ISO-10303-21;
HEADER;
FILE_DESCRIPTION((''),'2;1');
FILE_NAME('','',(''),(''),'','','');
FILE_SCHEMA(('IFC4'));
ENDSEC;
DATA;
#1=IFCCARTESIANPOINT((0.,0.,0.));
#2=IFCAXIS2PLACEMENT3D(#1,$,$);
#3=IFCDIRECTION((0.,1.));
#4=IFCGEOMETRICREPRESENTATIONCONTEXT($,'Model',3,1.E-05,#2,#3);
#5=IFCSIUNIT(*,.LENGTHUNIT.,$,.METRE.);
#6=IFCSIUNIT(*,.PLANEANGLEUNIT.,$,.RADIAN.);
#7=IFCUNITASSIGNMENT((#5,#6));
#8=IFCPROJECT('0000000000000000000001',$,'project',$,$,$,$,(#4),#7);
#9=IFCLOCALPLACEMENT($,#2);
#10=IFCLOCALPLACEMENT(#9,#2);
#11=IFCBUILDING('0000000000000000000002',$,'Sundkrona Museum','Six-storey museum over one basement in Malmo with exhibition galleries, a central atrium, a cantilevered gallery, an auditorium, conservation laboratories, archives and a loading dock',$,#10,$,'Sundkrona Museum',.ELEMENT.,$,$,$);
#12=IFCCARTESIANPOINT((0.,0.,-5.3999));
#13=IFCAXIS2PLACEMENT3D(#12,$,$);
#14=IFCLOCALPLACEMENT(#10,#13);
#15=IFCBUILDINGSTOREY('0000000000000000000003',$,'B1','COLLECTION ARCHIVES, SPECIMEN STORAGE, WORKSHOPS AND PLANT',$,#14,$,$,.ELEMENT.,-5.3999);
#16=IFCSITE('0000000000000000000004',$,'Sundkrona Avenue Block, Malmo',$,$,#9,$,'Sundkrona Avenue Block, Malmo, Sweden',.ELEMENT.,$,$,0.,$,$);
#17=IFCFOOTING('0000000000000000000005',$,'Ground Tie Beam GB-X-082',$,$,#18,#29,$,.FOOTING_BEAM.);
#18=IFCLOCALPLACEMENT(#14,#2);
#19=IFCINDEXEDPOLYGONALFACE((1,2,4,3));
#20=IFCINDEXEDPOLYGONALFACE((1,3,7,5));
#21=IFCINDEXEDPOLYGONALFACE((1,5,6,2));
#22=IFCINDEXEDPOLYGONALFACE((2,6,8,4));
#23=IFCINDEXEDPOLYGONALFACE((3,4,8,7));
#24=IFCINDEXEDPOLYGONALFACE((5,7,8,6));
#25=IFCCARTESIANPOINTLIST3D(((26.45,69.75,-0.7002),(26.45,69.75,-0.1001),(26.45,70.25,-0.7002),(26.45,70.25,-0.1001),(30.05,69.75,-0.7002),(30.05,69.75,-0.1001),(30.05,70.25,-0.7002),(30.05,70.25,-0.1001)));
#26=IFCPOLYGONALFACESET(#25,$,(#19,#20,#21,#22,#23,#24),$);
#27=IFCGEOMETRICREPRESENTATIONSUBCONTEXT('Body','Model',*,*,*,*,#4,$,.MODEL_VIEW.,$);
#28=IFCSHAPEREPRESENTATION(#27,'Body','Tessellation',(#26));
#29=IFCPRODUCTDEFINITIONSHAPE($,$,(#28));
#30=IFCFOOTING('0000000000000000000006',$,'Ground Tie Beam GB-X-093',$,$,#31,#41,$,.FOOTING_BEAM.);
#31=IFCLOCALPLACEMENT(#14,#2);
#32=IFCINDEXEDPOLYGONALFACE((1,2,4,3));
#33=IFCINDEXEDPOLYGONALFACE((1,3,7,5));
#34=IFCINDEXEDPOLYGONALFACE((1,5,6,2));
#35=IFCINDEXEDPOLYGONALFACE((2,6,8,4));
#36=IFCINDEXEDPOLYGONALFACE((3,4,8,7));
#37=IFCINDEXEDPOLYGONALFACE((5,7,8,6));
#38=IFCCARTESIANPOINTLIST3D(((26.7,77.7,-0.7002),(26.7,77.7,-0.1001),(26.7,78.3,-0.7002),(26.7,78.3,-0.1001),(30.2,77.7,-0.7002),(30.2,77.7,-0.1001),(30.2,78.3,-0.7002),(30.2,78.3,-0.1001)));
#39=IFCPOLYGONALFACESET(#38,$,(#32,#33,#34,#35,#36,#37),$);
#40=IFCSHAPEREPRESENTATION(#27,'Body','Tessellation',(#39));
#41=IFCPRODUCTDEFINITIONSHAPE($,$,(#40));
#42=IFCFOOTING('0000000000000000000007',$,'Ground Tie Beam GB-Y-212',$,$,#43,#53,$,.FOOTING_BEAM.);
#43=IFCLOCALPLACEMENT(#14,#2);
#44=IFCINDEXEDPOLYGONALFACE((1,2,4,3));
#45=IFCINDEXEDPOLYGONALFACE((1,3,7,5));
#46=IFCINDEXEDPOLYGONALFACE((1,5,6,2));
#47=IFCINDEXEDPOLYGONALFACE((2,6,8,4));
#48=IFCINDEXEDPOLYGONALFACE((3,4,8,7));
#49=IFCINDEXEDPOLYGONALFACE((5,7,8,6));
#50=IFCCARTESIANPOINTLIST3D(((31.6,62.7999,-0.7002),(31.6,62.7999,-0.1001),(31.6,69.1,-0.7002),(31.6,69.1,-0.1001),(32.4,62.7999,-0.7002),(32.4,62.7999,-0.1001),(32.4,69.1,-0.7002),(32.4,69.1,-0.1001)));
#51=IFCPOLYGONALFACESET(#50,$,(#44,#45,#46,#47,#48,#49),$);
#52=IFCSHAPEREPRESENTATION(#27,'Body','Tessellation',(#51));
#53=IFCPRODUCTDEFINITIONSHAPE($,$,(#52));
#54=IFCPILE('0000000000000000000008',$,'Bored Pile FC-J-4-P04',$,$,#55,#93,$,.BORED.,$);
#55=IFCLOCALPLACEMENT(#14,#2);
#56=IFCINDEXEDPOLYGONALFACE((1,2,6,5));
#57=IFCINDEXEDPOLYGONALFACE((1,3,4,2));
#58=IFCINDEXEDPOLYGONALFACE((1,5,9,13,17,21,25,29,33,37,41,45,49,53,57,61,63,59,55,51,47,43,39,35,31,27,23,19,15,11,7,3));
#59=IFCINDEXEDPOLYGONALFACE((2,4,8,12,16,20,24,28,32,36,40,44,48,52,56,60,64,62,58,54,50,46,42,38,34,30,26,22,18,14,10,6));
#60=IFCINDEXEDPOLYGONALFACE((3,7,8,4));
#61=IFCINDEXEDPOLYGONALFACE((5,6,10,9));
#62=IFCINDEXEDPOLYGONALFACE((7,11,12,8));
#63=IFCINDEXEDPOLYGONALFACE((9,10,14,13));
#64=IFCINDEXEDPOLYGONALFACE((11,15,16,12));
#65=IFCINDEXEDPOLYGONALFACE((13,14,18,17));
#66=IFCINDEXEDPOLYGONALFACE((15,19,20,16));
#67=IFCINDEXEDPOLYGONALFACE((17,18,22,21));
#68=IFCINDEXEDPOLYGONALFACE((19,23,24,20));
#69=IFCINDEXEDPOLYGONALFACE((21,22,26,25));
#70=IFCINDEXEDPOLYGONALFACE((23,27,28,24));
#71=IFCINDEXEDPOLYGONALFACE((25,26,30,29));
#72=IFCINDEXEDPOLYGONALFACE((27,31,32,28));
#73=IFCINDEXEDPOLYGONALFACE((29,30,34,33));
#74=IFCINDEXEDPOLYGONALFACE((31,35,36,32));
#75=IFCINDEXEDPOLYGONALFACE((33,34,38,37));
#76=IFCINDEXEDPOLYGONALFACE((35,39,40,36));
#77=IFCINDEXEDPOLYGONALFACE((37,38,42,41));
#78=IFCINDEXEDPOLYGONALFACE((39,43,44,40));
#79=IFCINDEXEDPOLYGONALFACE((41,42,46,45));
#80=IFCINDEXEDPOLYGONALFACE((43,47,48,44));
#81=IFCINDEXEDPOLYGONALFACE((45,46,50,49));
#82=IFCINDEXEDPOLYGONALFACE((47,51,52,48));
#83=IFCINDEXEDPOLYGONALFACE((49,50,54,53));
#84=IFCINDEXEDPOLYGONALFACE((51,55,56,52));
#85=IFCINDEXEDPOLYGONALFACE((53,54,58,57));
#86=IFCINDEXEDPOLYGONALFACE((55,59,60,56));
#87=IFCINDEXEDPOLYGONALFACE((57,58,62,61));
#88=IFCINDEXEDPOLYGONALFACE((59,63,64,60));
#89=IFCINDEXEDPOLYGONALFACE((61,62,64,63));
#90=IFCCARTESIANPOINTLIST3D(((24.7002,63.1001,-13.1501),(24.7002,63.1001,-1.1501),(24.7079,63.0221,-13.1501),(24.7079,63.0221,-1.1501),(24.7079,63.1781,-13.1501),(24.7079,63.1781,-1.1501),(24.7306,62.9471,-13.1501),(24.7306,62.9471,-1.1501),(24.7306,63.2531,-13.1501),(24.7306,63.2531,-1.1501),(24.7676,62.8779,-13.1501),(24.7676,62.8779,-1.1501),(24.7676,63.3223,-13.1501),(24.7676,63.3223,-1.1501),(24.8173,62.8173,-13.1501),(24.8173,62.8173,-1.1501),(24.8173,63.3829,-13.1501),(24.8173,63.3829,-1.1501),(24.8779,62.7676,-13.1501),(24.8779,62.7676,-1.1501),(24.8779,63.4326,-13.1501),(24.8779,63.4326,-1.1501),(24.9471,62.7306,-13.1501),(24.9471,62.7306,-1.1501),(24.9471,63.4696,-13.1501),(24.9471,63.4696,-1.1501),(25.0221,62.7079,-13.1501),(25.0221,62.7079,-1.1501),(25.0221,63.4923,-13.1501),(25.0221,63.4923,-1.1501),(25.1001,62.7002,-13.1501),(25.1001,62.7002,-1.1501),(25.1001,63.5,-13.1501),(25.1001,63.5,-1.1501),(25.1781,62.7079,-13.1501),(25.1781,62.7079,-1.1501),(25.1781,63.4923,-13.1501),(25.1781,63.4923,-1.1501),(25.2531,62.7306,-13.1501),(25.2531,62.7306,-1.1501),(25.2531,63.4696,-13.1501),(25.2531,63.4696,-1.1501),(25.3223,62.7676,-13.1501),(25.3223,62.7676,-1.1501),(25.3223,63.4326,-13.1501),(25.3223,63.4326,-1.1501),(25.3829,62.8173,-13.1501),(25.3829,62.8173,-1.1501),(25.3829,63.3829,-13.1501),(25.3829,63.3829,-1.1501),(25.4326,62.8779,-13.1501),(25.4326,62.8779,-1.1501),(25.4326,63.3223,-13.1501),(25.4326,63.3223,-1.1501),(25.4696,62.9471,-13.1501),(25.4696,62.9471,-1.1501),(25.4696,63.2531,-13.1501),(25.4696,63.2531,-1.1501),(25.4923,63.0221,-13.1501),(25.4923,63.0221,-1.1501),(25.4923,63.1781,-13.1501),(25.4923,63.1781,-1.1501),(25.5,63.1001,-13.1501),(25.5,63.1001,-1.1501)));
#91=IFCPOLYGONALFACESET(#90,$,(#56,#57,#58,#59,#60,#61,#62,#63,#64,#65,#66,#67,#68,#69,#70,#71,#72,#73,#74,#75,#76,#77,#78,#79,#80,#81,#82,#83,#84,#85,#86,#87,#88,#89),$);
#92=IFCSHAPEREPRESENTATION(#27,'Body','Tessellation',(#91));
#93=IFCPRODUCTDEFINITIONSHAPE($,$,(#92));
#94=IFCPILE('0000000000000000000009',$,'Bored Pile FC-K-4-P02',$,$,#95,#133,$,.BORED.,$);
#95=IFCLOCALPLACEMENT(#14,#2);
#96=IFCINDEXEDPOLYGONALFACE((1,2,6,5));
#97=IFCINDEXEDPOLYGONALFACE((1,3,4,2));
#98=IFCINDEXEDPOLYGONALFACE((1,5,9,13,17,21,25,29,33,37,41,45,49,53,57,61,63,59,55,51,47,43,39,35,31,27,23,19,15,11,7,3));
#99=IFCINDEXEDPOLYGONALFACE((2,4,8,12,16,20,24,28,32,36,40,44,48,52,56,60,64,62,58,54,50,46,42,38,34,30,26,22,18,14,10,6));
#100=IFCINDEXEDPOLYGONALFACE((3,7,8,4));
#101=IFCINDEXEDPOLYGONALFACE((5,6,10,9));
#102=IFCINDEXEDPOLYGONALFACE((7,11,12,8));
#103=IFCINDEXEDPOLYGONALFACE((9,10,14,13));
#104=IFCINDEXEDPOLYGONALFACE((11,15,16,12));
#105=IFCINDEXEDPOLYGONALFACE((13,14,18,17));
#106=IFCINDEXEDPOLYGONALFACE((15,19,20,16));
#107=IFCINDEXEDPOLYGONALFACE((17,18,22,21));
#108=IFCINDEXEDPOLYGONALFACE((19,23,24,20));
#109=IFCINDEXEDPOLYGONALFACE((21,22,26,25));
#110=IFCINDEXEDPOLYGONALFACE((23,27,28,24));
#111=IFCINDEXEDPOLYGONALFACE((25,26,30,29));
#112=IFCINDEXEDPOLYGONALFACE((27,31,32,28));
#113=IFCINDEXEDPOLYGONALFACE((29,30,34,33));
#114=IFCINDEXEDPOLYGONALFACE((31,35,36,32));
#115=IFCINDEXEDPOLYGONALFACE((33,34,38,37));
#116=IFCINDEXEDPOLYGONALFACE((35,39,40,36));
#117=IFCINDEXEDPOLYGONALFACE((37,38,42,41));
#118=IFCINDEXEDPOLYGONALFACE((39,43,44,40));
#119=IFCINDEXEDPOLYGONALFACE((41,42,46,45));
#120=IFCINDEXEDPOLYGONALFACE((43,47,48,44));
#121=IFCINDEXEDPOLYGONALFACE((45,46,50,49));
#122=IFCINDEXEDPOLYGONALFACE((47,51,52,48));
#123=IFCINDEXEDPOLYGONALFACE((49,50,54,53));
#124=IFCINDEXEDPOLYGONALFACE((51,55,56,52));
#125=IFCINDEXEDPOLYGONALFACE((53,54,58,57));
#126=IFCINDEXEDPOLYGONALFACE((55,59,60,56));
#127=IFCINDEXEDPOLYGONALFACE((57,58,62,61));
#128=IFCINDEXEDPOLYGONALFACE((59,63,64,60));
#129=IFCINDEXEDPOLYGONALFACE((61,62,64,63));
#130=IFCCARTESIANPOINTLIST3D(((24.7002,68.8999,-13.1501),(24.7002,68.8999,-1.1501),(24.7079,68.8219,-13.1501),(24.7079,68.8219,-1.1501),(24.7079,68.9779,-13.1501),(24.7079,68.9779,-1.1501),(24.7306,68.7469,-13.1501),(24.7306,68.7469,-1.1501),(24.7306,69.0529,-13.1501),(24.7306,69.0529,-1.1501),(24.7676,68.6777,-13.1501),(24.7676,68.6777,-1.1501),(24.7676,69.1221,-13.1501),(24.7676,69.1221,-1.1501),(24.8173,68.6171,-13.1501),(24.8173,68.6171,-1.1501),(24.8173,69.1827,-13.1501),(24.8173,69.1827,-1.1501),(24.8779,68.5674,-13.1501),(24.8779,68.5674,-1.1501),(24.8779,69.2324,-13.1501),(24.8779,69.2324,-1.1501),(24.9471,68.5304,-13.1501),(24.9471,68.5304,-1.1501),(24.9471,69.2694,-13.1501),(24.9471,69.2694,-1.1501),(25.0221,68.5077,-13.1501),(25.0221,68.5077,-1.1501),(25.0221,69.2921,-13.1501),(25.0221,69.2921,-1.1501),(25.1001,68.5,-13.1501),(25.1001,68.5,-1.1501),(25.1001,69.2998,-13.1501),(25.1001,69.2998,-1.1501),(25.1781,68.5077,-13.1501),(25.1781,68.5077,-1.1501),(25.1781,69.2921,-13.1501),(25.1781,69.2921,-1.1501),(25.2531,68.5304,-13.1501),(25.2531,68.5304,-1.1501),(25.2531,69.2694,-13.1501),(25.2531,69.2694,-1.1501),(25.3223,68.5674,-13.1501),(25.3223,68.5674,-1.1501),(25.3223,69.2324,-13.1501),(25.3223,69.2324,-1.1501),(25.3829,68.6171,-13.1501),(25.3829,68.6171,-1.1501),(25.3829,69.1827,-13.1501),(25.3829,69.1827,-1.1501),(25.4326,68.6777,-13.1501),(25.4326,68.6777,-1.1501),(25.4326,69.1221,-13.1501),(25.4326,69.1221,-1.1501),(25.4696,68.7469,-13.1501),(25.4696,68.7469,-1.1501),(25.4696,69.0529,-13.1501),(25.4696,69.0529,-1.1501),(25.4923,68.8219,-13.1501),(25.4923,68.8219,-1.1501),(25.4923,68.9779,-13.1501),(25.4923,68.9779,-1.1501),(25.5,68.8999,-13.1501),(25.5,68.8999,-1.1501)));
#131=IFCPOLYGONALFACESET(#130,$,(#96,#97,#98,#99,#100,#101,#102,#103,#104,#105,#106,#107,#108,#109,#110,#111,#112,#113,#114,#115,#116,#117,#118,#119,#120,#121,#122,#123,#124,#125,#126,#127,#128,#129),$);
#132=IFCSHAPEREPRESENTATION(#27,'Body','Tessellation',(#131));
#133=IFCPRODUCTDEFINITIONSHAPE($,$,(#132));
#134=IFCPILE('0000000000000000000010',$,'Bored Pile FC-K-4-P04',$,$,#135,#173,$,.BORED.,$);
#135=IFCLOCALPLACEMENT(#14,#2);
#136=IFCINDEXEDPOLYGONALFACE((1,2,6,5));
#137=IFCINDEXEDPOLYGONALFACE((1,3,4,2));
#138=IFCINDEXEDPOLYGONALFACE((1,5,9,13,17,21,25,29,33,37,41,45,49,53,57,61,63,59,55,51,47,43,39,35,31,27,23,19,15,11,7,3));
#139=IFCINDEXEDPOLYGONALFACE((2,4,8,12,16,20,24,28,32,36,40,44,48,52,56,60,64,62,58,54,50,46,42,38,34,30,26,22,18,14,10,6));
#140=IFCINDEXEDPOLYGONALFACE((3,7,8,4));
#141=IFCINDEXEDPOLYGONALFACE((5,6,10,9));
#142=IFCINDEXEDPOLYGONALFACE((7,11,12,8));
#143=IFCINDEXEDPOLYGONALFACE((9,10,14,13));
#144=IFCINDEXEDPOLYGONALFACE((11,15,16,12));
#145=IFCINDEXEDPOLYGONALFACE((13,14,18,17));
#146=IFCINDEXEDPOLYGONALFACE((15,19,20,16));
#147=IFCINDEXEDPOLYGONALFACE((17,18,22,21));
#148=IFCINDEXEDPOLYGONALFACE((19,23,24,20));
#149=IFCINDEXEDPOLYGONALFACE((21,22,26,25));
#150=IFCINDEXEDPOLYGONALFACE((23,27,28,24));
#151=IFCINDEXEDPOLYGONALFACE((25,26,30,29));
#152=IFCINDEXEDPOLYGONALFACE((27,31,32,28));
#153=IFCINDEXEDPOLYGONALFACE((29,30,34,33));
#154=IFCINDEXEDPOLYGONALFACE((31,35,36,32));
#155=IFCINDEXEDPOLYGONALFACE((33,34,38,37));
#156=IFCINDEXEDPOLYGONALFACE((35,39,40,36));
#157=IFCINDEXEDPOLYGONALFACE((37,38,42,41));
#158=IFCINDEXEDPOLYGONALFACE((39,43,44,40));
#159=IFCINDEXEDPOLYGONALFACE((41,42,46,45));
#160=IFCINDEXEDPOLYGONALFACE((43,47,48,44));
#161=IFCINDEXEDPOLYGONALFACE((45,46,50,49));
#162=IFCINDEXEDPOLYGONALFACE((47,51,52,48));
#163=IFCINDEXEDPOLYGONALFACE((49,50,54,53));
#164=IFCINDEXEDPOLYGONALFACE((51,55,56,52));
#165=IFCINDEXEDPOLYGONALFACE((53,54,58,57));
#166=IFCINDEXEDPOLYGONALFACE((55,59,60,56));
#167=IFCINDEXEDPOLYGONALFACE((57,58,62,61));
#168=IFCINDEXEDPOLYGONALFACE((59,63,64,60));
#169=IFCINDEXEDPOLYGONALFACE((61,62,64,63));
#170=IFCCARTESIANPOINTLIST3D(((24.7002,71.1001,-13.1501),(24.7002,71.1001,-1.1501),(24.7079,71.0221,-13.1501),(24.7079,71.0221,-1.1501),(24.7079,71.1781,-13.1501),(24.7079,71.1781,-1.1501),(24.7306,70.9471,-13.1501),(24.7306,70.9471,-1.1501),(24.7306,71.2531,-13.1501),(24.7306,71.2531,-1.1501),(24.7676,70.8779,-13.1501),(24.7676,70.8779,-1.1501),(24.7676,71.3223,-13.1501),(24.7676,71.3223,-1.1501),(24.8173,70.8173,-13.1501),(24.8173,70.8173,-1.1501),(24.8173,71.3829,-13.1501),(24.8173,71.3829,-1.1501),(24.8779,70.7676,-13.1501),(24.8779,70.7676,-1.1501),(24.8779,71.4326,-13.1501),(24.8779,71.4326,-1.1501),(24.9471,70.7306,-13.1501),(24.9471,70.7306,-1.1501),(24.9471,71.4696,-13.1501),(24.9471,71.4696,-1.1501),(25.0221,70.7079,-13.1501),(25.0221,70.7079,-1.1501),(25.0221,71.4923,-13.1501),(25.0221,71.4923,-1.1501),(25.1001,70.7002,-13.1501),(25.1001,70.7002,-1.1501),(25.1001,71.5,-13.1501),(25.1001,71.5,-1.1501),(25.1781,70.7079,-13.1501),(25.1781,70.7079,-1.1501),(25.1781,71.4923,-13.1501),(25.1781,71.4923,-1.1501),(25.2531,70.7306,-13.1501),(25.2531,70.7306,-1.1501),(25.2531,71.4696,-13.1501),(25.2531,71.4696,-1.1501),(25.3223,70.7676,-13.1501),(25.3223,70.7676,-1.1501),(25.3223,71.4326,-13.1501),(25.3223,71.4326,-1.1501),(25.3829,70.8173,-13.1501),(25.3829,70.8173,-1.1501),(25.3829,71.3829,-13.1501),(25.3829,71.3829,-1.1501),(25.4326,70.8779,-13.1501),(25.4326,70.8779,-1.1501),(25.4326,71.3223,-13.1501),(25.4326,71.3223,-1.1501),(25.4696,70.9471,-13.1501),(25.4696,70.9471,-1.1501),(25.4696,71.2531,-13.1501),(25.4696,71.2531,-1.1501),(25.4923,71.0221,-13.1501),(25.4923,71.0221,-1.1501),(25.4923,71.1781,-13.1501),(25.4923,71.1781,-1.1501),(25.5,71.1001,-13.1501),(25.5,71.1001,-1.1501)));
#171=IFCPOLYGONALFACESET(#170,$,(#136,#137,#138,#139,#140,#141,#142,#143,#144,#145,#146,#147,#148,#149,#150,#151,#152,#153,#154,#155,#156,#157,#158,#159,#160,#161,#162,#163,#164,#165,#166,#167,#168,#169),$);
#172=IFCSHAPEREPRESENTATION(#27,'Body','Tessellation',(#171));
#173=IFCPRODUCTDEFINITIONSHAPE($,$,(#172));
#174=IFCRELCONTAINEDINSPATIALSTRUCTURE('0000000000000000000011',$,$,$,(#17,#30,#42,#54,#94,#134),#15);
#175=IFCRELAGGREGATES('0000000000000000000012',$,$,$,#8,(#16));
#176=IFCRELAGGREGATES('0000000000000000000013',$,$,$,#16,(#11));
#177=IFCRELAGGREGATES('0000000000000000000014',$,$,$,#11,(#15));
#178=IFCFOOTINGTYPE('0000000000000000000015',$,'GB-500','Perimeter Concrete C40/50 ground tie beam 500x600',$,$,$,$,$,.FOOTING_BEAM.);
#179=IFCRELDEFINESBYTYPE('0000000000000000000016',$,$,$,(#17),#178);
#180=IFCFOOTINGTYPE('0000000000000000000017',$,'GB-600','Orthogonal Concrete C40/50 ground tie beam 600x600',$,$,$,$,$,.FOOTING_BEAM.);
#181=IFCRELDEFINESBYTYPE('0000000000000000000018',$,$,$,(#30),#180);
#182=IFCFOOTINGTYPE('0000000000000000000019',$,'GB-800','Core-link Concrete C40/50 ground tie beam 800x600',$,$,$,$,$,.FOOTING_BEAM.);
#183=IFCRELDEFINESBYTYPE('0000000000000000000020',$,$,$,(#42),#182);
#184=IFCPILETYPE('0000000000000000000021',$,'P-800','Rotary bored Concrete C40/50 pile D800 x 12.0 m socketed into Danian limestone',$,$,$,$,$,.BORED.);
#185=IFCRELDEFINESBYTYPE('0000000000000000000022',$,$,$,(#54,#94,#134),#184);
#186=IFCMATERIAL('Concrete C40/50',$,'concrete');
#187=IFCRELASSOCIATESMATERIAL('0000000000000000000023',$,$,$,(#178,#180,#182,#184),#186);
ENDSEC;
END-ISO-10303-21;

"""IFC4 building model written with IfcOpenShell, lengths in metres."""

from ifc_helpers import new_model, si_unit, direction, frame, origin, origin_2d, place, context, subcontext, project, spatial, rectangle, circle, extrude, material, material_profile, profile_set, type_object, element, save


model = new_model("IFC4")

# Units and contexts
model_context = context("Model", 3, precision=1e-05, world=origin(), true_north=direction((0.0, 1.0)))
body_context = subcontext(model_context, "Body", "Model", "MODEL_VIEW")
ifc_project = project(units=[si_unit("LENGTHUNIT", "METRE"), si_unit("PLANEANGLEUNIT", "RADIAN")], contexts=[model_context])

# Site, building, storey
site_placement = place(None, origin())
site = spatial("IfcSite", under=ifc_project, at=site_placement, Name="Sundkrona Avenue Block, Malmo", LongName="Sundkrona Avenue Block, Malmo, Sweden", CompositionType="ELEMENT", RefElevation=0.0)
building_placement = place(site_placement, origin())
building = spatial("IfcBuilding", under=site, at=building_placement, Name="Sundkrona Museum", Description="Six-storey museum over one basement in Malmo with exhibition galleries, a central atrium, a cantilevered gallery, an auditorium, conservation laboratories, archives and a loading dock", LongName="Sundkrona Museum", CompositionType="ELEMENT")
storey_placement = place(building_placement, frame((0.0, 0.0, -5.3999)))
storey = spatial("IfcBuildingStorey", under=building, at=storey_placement, Name="B1", Description="COLLECTION ARCHIVES, SPECIMEN STORAGE, WORKSHOPS AND PLANT", CompositionType="ELEMENT", Elevation=-5.3999)

# Footings
ifc_material_1 = material(Name="Concrete C40/50", Category="concrete")
footing_type_1 = type_object("IfcFootingType", Name="GB-500", Description="Perimeter Concrete C40/50 ground tie beam 500x600", PredefinedType="FOOTING_BEAM", material=ifc_material_1)
footing_1_placement = place(storey_placement, frame((28.25, 70.0, -0.7002), z_axis=(0.0, 0.0, 1.0), x_axis=(1.0, 0.0, 0.0)))
element("IfcFooting", 1, at=footing_1_placement, inside=storey, type_object=footing_type_1, Name="Ground Tie Beam GB-X-082", PredefinedType="FOOTING_BEAM", context=body_context, shape_type="SweptSolid", body=[
    extrude(rectangle(XDim=3.6001, YDim=0.5, at=origin_2d()), origin(), (0.0, 0.0, 1.0), 0.6001),
])
footing_type_2 = type_object("IfcFootingType", Name="GB-600", Description="Orthogonal Concrete C40/50 ground tie beam 600x600", PredefinedType="FOOTING_BEAM", material=ifc_material_1)
footing_2_placement = place(storey_placement, frame((28.45, 78.0, -0.7002), z_axis=(0.0, 0.0, 1.0), x_axis=(1.0, 0.0, 0.0)))
element("IfcFooting", 2, at=footing_2_placement, inside=storey, type_object=footing_type_2, Name="Ground Tie Beam GB-X-093", PredefinedType="FOOTING_BEAM", context=body_context, shape_type="SweptSolid", body=[
    extrude(rectangle(XDim=3.5, YDim=0.6001, at=origin_2d()), origin(), (0.0, 0.0, 1.0), 0.6001),
])
footing_type_3 = type_object("IfcFootingType", Name="GB-800", Description="Core-link Concrete C40/50 ground tie beam 800x600", PredefinedType="FOOTING_BEAM", material=ifc_material_1)
footing_3_placement = place(storey_placement, frame((32.0, 65.95, -0.7002), z_axis=(0.0, 0.0, 1.0), x_axis=(0.0, 1.0, 0.0)))
element("IfcFooting", 3, at=footing_3_placement, inside=storey, type_object=footing_type_3, Name="Ground Tie Beam GB-Y-212", PredefinedType="FOOTING_BEAM", context=body_context, shape_type="SweptSolid", body=[
    extrude(rectangle(XDim=6.3, YDim=0.8, at=origin_2d()), origin(), (0.0, 0.0, 1.0), 0.6001),
])

# Piles
ifc_material_profile_1 = material_profile(ifc_material_1, circle(Radius=0.3999, at=origin_2d()), Name="PILE D800")
ifc_profile_set_1 = profile_set([ifc_material_profile_1], Name="Concrete C40/50")
pile_type = type_object("IfcPileType", Name="P-800", Description="Rotary bored Concrete C40/50 pile D800 x 12.0 m socketed into Danian limestone", PredefinedType="BORED", material=ifc_profile_set_1)
for number, where, z_axis, x_axis, name in (
    (4, (25.1001, 63.1001, -1.1501), (0.0, 0.0, -1.0), (1.0, 0.0, 0.0), "Bored Pile FC-J-4-P04"),
    (5, (25.1001, 68.8999, -1.1501), (0.0, 0.0, -1.0), (1.0, 0.0, 0.0), "Bored Pile FC-K-4-P02"),
    (6, (25.1001, 71.1001, -1.1501), (0.0, 0.0, -1.0), (1.0, 0.0, 0.0), "Bored Pile FC-K-4-P04"),
):
    element("IfcPile", number, at=place(storey_placement, frame(where, z_axis=z_axis, x_axis=x_axis)), inside=storey, type_object=pile_type, Name=name, PredefinedType="BORED", context=body_context, shape_type="SweptSolid", body=[
        extrude(circle(Radius=0.3999, at=origin_2d()), origin(), (0.0, 0.0, 1.0), 12.0),
    ])

save(model, "model.ifc")
